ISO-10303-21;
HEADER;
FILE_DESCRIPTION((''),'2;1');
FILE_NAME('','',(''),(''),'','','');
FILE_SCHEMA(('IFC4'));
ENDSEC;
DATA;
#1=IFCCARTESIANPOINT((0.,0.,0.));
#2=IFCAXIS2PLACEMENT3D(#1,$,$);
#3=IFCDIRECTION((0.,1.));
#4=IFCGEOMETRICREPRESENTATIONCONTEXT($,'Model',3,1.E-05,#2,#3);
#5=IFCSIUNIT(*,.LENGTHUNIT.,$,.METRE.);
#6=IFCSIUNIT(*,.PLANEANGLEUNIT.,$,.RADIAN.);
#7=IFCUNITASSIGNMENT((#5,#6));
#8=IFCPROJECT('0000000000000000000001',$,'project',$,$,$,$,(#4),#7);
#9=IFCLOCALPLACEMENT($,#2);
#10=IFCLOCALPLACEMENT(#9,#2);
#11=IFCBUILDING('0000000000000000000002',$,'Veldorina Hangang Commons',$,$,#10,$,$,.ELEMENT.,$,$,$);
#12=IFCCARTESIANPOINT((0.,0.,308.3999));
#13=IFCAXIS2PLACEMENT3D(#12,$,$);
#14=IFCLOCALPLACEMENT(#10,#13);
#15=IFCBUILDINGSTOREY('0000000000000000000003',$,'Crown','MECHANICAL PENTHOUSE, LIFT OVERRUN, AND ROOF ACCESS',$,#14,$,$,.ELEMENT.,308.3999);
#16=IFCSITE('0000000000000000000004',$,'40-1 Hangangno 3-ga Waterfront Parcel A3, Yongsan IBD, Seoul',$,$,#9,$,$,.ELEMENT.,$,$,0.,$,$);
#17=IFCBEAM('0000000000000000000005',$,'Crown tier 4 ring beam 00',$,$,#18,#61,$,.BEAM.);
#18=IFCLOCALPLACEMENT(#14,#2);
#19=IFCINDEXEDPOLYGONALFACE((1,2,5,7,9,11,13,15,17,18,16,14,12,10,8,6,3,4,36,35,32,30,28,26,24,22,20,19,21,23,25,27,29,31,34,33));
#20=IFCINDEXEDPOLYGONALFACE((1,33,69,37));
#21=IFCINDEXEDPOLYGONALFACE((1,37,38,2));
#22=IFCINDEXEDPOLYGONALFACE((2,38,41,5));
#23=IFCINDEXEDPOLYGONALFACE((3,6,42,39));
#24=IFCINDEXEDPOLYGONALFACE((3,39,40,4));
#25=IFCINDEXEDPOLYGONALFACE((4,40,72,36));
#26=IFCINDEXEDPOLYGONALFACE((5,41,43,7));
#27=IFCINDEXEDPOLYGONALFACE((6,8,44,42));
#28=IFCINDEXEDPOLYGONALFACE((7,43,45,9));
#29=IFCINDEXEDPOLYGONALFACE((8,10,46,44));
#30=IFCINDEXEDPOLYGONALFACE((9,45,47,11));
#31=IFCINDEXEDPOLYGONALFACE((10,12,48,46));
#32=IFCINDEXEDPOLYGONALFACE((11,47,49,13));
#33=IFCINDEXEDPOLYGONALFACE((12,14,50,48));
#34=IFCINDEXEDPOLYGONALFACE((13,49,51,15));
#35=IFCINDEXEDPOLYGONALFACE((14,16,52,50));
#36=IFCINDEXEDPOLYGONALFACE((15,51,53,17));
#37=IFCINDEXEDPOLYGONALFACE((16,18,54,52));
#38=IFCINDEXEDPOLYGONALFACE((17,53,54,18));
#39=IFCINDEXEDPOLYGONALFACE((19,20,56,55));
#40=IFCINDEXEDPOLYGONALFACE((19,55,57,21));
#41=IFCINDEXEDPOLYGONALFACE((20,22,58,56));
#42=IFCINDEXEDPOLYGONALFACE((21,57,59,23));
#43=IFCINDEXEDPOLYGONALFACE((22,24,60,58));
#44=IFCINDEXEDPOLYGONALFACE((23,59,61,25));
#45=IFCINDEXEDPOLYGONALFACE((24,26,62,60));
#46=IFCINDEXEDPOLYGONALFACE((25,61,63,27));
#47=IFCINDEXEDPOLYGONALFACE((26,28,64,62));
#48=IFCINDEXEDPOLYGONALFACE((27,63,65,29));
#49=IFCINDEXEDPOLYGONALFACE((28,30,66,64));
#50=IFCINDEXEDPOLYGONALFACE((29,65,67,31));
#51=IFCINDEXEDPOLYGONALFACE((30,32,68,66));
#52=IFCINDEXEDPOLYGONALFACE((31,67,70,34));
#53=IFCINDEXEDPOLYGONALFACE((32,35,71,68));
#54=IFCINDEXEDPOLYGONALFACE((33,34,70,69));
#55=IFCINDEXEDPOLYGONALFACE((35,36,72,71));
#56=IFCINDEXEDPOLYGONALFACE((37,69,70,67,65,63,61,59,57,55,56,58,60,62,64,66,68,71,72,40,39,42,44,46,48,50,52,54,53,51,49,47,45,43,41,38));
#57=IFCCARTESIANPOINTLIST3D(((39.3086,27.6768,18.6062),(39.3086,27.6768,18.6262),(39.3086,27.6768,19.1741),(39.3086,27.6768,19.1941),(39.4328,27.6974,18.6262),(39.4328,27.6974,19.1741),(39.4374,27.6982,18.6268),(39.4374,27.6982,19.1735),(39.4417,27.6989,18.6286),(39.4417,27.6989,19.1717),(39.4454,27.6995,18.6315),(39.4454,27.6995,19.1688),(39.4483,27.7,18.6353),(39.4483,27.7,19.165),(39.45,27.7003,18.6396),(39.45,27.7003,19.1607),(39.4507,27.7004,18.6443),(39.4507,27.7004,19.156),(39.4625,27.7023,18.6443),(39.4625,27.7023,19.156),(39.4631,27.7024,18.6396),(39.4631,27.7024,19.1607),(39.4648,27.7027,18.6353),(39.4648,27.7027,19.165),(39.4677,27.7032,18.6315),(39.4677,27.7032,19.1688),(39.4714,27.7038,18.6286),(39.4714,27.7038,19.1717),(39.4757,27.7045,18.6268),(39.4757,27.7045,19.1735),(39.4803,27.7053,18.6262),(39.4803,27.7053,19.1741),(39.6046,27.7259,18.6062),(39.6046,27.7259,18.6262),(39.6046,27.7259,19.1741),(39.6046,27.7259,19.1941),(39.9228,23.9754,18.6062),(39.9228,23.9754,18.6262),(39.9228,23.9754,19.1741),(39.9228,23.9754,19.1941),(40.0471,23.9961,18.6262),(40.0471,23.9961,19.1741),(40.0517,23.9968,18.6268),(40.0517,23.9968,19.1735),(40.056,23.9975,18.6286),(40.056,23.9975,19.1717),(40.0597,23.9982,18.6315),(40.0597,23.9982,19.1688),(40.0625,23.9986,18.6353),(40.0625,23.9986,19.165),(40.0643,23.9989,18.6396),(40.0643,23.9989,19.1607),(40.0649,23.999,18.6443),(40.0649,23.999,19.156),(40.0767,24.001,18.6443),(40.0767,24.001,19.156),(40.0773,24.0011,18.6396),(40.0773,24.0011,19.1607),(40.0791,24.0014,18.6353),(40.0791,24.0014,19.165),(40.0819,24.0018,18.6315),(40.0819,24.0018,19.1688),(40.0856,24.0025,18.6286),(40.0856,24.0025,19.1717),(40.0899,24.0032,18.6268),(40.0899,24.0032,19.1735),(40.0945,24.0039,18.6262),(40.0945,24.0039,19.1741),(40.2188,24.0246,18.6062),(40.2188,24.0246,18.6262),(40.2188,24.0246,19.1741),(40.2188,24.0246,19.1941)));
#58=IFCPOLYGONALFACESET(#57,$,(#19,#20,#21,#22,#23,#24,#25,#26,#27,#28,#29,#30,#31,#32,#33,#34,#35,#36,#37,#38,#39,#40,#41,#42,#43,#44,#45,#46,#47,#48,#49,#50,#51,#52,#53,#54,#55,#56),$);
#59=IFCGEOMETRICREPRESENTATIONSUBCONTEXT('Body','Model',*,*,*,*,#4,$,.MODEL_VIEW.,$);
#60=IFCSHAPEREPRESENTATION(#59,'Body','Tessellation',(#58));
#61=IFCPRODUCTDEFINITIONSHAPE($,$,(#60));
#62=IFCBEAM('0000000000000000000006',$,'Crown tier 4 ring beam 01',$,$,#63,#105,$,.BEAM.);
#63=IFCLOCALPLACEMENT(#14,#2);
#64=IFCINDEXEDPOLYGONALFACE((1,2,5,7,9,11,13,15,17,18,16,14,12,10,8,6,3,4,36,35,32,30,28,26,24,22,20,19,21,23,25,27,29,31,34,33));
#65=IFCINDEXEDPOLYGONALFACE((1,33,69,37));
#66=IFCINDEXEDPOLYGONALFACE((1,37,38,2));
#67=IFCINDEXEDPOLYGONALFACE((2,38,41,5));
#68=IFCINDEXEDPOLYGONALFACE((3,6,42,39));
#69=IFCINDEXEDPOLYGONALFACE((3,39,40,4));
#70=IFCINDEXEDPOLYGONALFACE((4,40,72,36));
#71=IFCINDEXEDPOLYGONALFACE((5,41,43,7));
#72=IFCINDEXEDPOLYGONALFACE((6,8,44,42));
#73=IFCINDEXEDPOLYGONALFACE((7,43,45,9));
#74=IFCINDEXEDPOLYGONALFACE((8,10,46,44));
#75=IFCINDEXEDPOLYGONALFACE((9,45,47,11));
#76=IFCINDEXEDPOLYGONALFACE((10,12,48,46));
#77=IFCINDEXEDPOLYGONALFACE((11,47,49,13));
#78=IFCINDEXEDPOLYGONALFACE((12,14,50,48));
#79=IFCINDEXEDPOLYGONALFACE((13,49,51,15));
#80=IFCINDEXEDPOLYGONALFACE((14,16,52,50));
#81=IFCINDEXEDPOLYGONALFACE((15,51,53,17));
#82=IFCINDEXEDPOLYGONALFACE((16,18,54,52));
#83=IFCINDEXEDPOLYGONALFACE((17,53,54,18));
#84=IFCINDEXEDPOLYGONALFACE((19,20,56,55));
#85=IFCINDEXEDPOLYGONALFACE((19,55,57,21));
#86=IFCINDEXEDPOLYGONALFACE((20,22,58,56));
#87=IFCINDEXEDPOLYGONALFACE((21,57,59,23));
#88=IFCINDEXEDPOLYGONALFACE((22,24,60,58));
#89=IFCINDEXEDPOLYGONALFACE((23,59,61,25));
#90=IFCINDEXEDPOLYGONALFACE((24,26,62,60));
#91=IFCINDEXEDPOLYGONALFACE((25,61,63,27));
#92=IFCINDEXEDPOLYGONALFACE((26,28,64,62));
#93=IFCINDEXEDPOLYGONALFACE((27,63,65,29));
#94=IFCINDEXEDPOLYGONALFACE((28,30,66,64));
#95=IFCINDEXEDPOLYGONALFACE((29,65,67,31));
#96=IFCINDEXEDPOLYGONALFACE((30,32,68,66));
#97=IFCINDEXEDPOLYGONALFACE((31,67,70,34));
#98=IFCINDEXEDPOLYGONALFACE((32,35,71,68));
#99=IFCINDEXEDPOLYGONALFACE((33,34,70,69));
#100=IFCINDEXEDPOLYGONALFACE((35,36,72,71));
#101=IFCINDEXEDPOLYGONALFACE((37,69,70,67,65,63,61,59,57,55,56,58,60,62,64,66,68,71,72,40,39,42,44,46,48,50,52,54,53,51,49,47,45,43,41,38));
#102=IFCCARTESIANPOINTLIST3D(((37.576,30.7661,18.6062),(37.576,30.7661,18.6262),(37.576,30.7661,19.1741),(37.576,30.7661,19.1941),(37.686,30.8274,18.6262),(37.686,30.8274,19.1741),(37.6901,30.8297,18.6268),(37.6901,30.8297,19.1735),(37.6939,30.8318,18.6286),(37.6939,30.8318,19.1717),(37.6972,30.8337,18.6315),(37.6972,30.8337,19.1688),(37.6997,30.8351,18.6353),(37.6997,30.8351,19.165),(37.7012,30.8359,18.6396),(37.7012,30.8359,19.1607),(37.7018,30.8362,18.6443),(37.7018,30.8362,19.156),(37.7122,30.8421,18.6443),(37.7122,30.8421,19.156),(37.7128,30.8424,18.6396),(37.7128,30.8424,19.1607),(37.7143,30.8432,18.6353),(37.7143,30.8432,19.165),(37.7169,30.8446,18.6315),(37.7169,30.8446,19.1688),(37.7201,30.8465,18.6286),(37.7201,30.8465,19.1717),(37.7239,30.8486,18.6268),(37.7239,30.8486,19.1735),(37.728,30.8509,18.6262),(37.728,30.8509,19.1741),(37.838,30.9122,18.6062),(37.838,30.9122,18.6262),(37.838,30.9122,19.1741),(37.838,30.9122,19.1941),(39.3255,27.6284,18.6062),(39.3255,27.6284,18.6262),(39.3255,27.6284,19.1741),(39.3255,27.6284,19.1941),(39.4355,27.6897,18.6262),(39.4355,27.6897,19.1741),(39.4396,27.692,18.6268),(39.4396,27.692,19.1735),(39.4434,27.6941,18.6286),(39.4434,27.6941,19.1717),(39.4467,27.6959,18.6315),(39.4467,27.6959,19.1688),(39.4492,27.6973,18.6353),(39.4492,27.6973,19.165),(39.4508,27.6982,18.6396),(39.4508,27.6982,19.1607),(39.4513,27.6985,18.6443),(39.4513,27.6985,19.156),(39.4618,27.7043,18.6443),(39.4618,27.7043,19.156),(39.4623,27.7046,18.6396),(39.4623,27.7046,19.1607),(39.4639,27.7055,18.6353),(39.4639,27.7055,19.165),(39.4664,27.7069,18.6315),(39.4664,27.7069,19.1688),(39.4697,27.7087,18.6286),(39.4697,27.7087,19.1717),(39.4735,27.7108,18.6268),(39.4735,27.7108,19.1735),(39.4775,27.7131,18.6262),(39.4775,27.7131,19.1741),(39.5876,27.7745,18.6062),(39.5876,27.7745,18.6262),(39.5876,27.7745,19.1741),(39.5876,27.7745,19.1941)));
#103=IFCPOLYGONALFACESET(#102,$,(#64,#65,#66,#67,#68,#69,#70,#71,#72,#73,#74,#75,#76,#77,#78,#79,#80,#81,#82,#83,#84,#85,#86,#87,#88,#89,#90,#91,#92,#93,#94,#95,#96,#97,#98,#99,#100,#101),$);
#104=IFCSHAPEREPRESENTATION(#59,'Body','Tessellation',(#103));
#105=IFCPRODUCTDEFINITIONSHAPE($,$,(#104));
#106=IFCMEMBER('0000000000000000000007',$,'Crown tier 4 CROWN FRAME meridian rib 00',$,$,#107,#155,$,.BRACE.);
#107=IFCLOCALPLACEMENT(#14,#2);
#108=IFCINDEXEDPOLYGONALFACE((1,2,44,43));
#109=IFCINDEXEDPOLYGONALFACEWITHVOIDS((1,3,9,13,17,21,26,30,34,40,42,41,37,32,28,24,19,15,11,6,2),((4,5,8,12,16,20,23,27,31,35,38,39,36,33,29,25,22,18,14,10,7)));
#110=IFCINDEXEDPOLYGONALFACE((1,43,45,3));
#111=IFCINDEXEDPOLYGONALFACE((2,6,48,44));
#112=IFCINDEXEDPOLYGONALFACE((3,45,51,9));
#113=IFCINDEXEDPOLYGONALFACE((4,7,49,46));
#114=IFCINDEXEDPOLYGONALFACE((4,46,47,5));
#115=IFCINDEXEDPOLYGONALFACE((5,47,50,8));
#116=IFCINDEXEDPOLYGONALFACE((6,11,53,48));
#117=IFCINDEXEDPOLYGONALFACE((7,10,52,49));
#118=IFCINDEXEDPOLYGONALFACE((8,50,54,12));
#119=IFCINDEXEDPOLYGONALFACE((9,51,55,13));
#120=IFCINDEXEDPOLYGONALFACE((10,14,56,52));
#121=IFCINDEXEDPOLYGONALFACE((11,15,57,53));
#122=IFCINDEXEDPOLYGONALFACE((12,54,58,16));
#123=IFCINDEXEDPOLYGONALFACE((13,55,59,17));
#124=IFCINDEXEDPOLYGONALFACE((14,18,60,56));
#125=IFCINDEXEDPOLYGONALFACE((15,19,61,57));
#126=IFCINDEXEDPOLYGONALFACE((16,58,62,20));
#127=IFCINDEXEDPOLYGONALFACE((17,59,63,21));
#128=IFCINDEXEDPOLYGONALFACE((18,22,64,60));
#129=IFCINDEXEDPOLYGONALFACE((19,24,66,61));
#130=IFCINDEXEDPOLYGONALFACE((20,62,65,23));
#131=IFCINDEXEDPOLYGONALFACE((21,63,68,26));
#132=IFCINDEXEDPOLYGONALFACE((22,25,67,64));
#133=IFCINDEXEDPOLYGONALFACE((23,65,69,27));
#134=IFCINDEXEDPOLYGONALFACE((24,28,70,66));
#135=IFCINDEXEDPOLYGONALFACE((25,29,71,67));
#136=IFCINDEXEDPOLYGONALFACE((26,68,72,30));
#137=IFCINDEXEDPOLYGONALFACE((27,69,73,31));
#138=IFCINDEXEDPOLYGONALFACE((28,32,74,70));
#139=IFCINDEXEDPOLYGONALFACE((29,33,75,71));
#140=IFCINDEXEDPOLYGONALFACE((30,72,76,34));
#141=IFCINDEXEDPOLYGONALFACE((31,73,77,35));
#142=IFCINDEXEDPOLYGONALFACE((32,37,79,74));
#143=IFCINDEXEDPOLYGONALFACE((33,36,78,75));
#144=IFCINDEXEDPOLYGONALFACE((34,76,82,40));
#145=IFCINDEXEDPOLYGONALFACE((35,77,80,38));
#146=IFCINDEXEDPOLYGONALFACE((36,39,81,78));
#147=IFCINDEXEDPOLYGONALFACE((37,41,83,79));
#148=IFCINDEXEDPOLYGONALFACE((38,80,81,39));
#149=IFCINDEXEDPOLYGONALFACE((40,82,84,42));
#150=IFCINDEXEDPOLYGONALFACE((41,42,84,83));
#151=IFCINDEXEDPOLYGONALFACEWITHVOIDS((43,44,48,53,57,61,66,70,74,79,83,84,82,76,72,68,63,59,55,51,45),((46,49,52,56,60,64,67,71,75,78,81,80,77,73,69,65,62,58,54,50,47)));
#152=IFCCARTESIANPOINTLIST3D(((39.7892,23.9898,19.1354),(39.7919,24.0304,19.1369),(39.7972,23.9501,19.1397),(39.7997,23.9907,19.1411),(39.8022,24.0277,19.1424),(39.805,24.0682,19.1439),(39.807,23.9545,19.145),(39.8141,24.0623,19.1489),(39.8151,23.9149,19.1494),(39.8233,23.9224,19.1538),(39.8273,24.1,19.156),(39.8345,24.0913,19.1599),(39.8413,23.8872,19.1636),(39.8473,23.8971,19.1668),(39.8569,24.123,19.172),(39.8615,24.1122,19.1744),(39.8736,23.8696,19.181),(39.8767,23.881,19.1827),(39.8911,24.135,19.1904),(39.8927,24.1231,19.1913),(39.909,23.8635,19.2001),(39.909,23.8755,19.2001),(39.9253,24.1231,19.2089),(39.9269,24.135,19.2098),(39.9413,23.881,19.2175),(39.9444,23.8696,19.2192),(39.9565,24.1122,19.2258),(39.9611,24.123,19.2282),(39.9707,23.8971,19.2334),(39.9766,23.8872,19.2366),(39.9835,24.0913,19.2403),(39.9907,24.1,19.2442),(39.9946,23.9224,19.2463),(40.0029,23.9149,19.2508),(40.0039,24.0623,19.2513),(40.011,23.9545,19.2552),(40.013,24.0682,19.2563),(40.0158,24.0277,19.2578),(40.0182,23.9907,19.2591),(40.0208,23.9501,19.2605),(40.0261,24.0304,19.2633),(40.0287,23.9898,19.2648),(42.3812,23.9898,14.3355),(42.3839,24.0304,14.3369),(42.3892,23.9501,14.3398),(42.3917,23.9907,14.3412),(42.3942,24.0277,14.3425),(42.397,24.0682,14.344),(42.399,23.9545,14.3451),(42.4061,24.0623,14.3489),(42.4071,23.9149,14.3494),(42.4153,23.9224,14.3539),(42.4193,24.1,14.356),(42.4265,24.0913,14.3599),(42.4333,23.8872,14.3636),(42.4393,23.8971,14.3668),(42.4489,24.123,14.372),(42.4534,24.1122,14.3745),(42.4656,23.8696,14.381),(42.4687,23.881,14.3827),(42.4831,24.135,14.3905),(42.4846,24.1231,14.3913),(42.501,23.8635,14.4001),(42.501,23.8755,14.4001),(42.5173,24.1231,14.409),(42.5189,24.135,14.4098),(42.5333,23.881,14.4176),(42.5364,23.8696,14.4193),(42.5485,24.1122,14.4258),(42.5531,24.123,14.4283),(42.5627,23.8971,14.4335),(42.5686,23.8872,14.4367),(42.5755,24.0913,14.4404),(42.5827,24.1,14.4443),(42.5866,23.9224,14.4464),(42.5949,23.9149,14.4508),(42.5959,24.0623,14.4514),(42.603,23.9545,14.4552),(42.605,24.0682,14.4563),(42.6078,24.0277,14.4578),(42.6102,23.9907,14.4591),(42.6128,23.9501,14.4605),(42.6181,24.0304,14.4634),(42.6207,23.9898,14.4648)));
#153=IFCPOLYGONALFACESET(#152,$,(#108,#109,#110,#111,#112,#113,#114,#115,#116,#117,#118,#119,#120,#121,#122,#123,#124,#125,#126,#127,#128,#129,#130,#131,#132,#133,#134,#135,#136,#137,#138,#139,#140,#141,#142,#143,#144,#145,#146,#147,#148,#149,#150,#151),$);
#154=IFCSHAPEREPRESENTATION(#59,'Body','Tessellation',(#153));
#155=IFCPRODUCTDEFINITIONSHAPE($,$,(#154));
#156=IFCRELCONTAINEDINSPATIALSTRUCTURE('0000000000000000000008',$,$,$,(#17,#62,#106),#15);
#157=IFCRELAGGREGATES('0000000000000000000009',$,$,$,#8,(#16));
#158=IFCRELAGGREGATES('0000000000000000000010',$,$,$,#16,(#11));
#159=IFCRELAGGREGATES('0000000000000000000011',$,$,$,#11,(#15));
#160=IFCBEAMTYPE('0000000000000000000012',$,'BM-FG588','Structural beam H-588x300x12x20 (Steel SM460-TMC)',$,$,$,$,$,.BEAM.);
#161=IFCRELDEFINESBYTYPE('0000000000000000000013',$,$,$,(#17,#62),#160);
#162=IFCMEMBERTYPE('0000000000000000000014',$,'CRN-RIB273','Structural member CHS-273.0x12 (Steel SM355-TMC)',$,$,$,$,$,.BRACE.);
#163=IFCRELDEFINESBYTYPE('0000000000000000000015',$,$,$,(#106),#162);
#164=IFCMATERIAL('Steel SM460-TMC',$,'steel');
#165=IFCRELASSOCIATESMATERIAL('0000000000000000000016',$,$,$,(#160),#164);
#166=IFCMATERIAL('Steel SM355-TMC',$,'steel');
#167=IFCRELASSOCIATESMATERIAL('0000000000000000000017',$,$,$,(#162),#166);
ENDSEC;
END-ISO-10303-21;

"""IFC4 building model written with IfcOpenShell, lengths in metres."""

from ifc_helpers import new_model, si_unit, direction, frame, origin, origin_2d, place, context, subcontext, project, spatial, hollow_circle, i_section, extrude, material, material_profile, profile_set, type_object, element, save


model = new_model("IFC4")

# Units and contexts
model_context = context("Model", 3, precision=1e-05, world=origin(), true_north=direction((0.0, 1.0)))
body_context = subcontext(model_context, "Body", "Model", "MODEL_VIEW")
ifc_project = project(units=[si_unit("LENGTHUNIT", "METRE"), si_unit("PLANEANGLEUNIT", "RADIAN")], contexts=[model_context])

# Site, building, storey
site_placement = place(None, origin())
site = spatial("IfcSite", under=ifc_project, at=site_placement, Name="40-1 Hangangno 3-ga Waterfront Parcel A3, Yongsan IBD, Seoul", CompositionType="ELEMENT", RefElevation=0.0)
building_placement = place(site_placement, origin())
building = spatial("IfcBuilding", under=site, at=building_placement, Name="Veldorina Hangang Commons", CompositionType="ELEMENT")
storey_placement = place(building_placement, frame((0.0, 0.0, 308.3999)))
storey = spatial("IfcBuildingStorey", under=building, at=storey_placement, Name="Crown", Description="MECHANICAL PENTHOUSE, LIFT OVERRUN, AND ROOF ACCESS", CompositionType="ELEMENT", Elevation=308.3999)

# Beams
ifc_material_1 = material(Name="Steel SM460-TMC", Category="steel")
ifc_material_profile_1 = material_profile(ifc_material_1, i_section(OverallWidth=0.3, OverallDepth=0.5879, WebThickness=0.012, FlangeThickness=0.02, FilletRadius=0.0181, at=origin_2d()), Name="H-588x300x12x20")
ifc_profile_set_1 = profile_set([ifc_material_profile_1], Name="Steel SM460-TMC")
beam_type = type_object("IfcBeamType", Name="BM-FG588", Description="Structural beam H-588x300x12x20 (Steel SM460-TMC)", PredefinedType="BEAM", material=ifc_profile_set_1)
beam_1_placement = place(storey_placement, frame((40.0708, 24.0, 18.9001), z_axis=(-0.163713, 0.986508, 0.0), x_axis=(-0.986508, -0.163713, 0.0)))
element("IfcBeam", 1, at=beam_1_placement, inside=storey, type_object=beam_type, Name="Crown tier 4 ring beam 00", PredefinedType="BEAM", context=body_context, shape_type="SweptSolid", body=[
    extrude(i_section(OverallWidth=0.3, OverallDepth=0.5879, WebThickness=0.012, FlangeThickness=0.02, FilletRadius=0.0181, at=origin_2d()), origin(), (0.0, 0.0, 1.0), 3.752),
])
beam_2_placement = place(storey_placement, frame((39.4565, 27.7014, 18.9001), z_axis=(-0.486993, 0.873406, 0.0), x_axis=(-0.873406, -0.486993, 0.0)))
element("IfcBeam", 2, at=beam_2_placement, inside=storey, type_object=beam_type, Name="Crown tier 4 ring beam 01", PredefinedType="BEAM", context=body_context, shape_type="SweptSolid", body=[
    extrude(i_section(OverallWidth=0.3, OverallDepth=0.5879, WebThickness=0.012, FlangeThickness=0.02, FilletRadius=0.0181, at=origin_2d()), origin(), (0.0, 0.0, 1.0), 3.5925),
])

# Member
ifc_material_2 = material(Name="Steel SM355-TMC", Category="steel")
ifc_material_profile_2 = material_profile(ifc_material_2, hollow_circle(Radius=0.1365, WallThickness=0.012, at=origin_2d()), Name="CHS-273.0x12")
ifc_profile_set_2 = profile_set([ifc_material_profile_2], Name="Steel SM355-TMC")
member_type_1 = type_object("IfcMemberType", Name="CRN-RIB273", Description="Structural member CHS-273.0x12 (Steel SM355-TMC)", PredefinedType="BRACE", material=ifc_profile_set_2)
member_1_placement = place(storey_placement, frame((42.501, 24.0, 14.4001), z_axis=(-0.475151, 0.0, 0.879904), x_axis=(0.0, -1.0, 0.0)))
element("IfcMember", 3, at=member_1_placement, inside=storey, type_object=member_type_1, Name="Crown tier 4 CROWN FRAME meridian rib 00", PredefinedType="BRACE", context=body_context, shape_type="SweptSolid", body=[
    extrude(hollow_circle(Radius=0.1365, WallThickness=0.012, at=origin_2d()), origin(), (0.0, 0.0, 1.0), 5.4551),
])

save(model, "model.ifc")
